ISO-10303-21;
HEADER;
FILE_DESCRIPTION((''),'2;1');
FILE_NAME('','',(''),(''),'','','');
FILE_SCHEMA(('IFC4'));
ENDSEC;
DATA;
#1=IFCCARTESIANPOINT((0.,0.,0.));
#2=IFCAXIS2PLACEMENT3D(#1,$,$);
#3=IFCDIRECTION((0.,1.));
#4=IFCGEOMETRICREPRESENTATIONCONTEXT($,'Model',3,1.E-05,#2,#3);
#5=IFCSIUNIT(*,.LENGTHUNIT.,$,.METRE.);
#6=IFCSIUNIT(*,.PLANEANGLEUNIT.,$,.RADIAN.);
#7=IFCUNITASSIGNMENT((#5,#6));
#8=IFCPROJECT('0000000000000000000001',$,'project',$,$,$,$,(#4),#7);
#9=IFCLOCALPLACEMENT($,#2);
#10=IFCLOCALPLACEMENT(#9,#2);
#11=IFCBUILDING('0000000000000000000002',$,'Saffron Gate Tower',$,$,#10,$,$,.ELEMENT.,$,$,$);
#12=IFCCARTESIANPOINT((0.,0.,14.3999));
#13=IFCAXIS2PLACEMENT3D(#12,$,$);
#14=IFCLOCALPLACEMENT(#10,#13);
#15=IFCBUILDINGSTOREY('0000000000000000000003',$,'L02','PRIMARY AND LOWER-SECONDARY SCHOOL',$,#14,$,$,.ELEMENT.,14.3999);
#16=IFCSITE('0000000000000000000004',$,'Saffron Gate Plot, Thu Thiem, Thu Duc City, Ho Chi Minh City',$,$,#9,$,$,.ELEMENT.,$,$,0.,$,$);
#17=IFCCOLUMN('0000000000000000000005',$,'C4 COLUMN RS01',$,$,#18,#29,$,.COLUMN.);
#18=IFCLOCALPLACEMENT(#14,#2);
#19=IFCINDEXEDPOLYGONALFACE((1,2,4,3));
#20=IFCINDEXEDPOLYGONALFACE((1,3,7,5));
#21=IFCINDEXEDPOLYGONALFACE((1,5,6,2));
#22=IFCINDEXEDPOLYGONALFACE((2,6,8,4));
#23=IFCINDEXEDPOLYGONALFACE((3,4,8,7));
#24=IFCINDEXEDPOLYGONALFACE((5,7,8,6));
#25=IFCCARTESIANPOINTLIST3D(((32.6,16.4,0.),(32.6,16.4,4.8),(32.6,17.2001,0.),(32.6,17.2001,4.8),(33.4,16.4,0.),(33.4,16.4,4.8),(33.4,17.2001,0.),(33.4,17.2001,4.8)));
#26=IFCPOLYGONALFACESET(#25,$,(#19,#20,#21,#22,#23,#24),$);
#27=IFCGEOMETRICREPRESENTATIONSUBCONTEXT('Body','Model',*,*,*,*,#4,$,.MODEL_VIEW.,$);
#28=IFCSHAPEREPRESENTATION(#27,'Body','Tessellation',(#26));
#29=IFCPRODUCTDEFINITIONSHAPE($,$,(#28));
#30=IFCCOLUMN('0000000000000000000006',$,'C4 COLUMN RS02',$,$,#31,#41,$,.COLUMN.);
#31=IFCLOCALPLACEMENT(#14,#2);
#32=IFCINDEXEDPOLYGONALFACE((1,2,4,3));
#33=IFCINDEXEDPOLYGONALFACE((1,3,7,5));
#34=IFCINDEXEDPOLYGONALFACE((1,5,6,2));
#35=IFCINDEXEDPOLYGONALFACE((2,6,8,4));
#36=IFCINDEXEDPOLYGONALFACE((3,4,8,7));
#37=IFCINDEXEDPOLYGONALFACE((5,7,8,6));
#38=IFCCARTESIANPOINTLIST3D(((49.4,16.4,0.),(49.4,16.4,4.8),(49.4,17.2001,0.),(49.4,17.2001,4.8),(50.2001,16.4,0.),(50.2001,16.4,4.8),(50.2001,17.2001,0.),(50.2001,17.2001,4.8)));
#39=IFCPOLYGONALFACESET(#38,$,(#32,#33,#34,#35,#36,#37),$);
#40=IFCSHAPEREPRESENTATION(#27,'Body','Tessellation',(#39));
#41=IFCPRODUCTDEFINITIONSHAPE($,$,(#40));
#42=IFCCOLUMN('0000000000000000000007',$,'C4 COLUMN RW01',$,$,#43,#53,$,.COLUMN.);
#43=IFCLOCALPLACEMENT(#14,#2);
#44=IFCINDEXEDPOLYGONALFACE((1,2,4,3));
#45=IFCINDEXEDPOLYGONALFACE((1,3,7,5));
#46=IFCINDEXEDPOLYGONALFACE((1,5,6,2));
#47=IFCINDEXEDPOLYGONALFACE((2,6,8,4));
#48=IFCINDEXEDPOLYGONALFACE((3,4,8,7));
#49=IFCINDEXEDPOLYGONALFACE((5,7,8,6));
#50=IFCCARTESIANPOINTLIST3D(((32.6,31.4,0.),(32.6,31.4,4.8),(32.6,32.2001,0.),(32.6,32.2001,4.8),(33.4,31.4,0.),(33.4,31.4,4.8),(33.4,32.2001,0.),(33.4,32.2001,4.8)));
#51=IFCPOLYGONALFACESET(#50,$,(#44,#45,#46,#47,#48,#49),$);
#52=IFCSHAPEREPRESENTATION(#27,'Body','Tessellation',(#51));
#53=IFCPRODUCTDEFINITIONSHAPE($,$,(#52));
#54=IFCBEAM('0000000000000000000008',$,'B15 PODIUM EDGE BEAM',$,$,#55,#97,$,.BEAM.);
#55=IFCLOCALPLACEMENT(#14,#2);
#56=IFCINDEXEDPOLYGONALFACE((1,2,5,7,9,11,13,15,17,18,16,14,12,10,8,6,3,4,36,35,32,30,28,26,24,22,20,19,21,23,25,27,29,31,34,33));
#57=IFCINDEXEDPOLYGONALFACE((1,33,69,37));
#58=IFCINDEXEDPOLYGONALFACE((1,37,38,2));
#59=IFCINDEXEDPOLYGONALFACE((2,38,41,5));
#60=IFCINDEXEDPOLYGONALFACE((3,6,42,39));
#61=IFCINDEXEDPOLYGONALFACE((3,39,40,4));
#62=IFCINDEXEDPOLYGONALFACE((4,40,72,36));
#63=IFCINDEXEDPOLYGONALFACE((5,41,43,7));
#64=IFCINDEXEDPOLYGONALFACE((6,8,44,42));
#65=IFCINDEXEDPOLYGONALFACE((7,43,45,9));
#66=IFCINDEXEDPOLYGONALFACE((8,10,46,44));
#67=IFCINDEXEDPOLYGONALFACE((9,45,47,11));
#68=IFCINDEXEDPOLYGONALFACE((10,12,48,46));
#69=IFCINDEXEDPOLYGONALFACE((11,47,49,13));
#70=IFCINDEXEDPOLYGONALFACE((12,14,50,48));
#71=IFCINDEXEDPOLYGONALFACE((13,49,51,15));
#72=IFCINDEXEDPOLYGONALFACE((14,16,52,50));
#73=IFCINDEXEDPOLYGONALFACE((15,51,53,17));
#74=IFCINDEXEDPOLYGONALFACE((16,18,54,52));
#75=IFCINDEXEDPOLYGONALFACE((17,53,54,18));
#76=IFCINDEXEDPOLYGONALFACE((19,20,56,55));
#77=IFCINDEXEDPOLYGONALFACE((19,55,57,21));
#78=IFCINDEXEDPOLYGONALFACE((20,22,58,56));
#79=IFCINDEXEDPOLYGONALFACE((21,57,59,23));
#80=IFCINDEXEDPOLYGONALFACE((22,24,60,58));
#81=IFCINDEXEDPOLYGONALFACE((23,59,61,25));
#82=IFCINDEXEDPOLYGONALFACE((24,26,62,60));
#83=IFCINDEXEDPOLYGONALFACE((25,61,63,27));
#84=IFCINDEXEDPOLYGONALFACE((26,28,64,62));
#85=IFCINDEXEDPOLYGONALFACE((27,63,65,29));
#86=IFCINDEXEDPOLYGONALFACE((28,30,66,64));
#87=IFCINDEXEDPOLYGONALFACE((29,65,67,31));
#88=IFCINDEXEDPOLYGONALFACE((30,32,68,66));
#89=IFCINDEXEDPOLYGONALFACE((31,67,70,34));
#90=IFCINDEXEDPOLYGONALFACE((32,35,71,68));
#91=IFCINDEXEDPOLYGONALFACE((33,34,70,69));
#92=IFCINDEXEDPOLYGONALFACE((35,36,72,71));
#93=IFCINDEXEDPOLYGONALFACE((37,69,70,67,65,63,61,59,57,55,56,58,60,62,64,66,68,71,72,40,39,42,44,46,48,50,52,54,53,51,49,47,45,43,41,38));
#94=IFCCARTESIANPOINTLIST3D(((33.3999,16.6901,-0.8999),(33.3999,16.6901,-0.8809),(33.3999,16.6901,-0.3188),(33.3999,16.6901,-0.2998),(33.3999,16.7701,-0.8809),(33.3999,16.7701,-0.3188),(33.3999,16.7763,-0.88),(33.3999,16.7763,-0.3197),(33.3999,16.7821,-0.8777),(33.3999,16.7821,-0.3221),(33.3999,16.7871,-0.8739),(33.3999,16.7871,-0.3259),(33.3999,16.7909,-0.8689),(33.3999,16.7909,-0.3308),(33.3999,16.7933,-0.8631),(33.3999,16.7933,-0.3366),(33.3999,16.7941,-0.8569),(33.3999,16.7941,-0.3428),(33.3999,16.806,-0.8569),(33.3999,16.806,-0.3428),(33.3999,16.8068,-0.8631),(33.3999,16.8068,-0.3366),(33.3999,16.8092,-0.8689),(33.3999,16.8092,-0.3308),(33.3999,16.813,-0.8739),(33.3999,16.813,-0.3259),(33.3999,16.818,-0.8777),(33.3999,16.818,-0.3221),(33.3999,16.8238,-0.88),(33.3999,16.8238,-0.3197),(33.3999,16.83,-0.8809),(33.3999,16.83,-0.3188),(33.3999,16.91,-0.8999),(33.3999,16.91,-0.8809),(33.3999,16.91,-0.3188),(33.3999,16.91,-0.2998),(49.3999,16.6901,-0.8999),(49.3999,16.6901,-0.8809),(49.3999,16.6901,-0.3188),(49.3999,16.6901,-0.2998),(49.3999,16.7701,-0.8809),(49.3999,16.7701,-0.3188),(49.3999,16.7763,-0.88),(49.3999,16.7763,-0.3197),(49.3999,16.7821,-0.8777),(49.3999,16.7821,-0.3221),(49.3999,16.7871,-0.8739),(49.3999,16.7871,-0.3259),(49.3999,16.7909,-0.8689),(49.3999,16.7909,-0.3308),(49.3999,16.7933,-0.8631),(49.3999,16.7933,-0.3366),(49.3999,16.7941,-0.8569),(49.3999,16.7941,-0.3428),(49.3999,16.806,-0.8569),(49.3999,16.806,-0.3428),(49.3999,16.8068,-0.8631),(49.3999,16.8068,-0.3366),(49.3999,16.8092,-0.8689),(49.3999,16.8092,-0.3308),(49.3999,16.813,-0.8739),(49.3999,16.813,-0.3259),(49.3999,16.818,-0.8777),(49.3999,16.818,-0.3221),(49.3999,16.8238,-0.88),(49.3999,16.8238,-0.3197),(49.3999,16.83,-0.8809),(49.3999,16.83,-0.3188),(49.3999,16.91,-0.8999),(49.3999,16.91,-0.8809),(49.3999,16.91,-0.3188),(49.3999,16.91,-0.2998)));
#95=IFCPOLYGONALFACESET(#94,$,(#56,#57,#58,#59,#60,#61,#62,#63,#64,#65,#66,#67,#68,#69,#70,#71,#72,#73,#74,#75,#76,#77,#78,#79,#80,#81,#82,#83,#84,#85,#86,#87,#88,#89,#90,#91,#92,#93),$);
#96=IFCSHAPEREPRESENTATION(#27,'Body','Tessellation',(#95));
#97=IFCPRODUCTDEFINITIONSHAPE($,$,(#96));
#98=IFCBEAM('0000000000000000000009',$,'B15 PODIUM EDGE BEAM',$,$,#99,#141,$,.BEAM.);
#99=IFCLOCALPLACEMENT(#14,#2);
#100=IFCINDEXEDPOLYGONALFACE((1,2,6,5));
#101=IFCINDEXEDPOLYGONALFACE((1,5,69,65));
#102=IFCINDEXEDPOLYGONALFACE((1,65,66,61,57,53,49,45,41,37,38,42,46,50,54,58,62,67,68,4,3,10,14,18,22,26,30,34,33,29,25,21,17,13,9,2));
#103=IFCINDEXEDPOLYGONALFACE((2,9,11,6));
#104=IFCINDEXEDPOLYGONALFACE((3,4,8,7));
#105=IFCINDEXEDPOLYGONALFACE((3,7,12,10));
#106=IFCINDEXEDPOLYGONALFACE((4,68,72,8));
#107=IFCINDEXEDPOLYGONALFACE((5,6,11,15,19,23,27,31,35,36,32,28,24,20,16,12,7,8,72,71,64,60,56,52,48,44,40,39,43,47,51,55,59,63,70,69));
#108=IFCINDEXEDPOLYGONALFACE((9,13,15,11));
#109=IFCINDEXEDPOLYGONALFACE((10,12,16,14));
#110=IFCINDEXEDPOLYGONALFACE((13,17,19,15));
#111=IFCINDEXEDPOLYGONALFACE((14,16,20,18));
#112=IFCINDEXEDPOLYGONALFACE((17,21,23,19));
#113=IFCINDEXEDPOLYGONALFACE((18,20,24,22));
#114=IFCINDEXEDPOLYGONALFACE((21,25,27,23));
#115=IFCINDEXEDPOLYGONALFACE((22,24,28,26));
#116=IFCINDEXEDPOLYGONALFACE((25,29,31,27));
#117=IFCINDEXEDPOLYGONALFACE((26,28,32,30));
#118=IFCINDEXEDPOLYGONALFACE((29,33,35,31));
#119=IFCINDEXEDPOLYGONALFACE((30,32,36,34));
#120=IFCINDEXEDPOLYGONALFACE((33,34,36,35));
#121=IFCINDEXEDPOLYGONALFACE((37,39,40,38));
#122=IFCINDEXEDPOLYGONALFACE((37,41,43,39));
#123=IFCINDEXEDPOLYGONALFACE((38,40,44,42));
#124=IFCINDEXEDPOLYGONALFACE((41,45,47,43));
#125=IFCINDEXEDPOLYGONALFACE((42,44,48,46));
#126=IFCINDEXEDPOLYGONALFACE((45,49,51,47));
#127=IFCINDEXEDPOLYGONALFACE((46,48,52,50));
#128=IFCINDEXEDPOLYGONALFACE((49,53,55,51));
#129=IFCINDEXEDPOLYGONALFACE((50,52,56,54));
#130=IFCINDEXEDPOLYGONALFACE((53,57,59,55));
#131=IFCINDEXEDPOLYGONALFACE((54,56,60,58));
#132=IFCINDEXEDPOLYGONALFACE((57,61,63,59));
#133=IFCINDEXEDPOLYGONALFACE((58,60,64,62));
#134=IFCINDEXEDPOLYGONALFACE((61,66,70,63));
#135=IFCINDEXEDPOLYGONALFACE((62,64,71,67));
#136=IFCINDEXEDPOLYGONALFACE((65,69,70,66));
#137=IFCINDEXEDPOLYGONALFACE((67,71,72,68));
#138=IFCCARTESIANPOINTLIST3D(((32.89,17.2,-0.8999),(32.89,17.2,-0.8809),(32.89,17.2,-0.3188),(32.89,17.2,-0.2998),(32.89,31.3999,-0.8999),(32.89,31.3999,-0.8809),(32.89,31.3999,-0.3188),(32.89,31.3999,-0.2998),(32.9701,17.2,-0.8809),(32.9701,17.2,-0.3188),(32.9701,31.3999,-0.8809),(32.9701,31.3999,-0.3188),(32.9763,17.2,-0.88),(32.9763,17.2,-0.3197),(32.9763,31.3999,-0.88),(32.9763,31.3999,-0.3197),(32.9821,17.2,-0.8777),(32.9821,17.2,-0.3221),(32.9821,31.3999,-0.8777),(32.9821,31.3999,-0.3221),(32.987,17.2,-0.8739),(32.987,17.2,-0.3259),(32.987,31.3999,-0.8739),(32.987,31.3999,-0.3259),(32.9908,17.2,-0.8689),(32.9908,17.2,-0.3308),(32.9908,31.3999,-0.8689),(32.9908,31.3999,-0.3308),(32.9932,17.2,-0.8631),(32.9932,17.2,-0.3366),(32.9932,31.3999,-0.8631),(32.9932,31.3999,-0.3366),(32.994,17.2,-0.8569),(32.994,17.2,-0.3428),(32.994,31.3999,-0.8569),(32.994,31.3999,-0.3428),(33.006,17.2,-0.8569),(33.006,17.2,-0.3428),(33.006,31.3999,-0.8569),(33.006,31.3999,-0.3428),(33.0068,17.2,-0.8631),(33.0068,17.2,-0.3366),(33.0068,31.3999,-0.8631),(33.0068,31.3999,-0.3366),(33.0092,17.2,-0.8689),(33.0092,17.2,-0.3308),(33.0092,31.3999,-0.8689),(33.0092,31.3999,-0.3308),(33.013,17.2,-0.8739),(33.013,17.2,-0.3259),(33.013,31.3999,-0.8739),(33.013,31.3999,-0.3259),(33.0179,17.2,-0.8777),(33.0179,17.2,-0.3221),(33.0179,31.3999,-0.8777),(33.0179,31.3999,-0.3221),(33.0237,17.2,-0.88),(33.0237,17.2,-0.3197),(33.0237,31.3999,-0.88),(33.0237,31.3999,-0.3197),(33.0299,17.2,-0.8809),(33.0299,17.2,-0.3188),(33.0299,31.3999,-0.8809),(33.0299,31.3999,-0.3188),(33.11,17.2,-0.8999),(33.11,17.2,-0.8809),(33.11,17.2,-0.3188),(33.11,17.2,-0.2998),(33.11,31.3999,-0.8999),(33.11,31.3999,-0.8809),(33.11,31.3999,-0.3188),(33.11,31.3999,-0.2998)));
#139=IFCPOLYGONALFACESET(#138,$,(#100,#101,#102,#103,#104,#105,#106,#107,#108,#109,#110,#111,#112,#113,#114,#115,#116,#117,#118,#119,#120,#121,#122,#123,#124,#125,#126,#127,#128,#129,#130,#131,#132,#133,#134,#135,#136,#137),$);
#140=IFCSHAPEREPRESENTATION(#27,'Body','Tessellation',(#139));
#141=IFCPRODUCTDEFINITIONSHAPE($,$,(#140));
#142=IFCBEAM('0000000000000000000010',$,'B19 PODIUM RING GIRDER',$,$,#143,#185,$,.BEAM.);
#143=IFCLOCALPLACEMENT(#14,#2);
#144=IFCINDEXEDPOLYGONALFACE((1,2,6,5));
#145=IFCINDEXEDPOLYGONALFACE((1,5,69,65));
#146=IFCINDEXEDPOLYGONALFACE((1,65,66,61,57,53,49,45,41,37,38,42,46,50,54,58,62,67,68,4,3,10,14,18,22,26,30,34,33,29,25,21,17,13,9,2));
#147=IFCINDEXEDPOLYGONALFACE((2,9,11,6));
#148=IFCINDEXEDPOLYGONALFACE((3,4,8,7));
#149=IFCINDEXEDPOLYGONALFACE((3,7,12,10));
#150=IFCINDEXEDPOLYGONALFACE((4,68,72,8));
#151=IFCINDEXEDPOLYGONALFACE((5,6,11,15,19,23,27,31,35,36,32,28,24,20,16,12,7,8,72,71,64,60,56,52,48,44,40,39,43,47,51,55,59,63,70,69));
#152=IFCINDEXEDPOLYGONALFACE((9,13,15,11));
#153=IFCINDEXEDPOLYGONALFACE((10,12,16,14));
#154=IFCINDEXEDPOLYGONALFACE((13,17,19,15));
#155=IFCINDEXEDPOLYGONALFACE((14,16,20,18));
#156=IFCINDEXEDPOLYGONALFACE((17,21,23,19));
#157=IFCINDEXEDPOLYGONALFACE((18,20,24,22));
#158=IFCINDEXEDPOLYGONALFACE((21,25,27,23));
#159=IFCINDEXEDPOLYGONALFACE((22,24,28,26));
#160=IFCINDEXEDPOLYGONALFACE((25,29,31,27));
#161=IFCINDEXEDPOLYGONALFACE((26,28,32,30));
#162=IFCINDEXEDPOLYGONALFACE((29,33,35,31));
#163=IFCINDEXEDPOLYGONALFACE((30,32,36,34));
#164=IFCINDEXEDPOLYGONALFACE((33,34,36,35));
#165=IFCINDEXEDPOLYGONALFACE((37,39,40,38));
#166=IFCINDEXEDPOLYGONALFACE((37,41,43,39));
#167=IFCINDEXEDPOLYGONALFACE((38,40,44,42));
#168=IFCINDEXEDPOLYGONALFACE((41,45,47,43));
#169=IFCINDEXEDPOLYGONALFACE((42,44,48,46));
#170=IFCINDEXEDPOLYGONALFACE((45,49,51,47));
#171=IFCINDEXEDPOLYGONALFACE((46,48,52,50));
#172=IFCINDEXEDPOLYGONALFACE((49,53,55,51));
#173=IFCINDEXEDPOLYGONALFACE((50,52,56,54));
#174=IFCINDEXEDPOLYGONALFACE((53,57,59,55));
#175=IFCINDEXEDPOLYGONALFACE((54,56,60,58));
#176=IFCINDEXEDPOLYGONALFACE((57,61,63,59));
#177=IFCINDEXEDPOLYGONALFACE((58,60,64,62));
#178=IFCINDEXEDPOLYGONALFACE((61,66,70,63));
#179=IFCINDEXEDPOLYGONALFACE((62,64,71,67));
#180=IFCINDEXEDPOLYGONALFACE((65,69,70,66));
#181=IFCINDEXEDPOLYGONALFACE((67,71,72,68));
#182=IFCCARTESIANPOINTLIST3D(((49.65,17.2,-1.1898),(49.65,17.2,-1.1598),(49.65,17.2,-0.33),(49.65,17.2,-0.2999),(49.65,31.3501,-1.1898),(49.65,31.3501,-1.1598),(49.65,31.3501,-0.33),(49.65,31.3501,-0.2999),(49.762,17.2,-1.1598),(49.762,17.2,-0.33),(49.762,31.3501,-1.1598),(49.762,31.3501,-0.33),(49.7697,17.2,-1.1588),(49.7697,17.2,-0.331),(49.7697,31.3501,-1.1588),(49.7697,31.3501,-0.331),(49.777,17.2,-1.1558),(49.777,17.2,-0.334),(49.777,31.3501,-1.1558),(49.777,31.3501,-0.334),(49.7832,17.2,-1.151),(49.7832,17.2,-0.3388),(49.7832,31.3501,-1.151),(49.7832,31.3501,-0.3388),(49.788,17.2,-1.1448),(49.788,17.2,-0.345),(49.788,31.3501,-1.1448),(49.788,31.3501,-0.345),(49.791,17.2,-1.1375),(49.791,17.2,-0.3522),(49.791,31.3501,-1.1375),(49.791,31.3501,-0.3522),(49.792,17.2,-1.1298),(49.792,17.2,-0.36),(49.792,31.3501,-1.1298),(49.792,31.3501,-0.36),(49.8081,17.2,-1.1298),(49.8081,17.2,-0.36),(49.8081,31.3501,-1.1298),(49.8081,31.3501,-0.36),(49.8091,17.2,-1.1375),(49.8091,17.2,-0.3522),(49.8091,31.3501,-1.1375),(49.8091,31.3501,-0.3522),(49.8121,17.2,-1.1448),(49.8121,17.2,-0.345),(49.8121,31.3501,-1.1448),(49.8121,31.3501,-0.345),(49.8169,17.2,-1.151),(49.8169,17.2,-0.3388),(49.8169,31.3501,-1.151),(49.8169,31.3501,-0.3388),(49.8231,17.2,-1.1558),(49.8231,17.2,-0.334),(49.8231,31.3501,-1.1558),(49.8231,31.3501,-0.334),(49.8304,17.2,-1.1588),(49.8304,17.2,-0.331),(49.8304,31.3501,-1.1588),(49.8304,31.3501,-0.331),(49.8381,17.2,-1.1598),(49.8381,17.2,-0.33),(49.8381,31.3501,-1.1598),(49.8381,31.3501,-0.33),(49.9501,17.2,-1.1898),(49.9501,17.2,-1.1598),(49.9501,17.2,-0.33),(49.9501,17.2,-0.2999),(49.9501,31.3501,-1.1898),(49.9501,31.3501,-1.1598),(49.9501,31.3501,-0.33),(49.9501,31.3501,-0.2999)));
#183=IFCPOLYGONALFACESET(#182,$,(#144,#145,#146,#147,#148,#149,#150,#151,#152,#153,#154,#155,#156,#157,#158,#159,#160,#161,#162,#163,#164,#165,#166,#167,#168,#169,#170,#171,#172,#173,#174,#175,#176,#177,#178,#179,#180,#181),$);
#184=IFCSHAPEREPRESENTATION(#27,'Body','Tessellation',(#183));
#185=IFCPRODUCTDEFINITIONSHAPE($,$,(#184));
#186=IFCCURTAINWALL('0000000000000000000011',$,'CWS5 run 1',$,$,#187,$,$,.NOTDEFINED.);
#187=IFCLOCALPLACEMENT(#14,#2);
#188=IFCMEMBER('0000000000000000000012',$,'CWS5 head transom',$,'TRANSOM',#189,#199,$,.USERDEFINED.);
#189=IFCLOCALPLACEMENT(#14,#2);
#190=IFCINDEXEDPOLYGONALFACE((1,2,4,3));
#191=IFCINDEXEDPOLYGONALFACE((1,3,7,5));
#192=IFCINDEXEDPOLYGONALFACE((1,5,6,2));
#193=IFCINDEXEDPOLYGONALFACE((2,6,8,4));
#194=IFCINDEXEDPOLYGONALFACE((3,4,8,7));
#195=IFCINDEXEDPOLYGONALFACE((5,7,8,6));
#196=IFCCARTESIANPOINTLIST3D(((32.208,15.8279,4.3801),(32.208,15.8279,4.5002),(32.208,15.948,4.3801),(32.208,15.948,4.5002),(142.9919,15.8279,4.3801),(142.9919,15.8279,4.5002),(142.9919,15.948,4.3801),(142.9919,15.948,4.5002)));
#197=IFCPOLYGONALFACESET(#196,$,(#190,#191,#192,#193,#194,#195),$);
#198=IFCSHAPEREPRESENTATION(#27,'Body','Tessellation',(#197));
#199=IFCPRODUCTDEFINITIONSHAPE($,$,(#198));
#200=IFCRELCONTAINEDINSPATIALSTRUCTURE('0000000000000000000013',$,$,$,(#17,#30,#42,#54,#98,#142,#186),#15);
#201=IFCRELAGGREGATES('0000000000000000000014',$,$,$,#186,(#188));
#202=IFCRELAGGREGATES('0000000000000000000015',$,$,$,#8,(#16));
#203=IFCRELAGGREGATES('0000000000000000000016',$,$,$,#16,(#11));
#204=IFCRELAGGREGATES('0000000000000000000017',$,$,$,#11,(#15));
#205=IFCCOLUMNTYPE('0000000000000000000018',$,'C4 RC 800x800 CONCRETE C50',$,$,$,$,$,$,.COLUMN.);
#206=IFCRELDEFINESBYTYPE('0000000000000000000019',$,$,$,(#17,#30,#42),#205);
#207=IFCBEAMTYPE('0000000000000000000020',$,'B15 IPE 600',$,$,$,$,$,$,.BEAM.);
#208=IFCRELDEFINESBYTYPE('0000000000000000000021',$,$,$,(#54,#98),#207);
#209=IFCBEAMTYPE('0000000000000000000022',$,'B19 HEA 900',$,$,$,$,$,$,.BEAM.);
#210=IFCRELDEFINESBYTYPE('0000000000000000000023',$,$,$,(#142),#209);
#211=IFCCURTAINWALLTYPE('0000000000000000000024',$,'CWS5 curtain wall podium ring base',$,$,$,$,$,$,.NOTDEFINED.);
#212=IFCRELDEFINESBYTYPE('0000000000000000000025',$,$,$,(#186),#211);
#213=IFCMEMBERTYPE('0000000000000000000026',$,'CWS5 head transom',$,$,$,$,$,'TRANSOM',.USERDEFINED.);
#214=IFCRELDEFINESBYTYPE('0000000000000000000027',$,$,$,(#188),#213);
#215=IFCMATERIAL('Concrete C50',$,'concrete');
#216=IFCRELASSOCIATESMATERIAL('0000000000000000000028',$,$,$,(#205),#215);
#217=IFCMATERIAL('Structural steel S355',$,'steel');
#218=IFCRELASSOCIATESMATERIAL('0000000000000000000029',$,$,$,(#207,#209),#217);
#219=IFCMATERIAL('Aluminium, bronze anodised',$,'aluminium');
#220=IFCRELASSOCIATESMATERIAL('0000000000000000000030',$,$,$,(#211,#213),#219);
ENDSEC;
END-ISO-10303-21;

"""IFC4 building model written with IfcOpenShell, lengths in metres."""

from ifc_helpers import new_model, si_unit, direction, frame, origin, origin_2d, place, context, subcontext, project, spatial, rectangle, i_section, extrude, material, material_profile, profile_set, type_object, element, aggregate, save


model = new_model("IFC4")

# Units and contexts
model_context = context("Model", 3, precision=1e-05, world=origin(), true_north=direction((0.0, 1.0)))
body_context = subcontext(model_context, "Body", "Model", "MODEL_VIEW")
ifc_project = project(units=[si_unit("LENGTHUNIT", "METRE"), si_unit("PLANEANGLEUNIT", "RADIAN")], contexts=[model_context])

# Site, building, storey
site_placement = place(None, origin())
site = spatial("IfcSite", under=ifc_project, at=site_placement, Name="Saffron Gate Plot, Thu Thiem, Thu Duc City, Ho Chi Minh City", CompositionType="ELEMENT", RefElevation=0.0)
building_placement = place(site_placement, origin())
building = spatial("IfcBuilding", under=site, at=building_placement, Name="Saffron Gate Tower", CompositionType="ELEMENT")
storey_placement = place(building_placement, frame((0.0, 0.0, 14.3999)))
storey = spatial("IfcBuildingStorey", under=building, at=storey_placement, Name="L02", Description="PRIMARY AND LOWER-SECONDARY SCHOOL", CompositionType="ELEMENT", Elevation=14.3999)

# Columns
ifc_material_1 = material(Name="Concrete C50", Category="concrete")
ifc_material_profile_1 = material_profile(ifc_material_1, rectangle(XDim=0.8, YDim=0.8, at=origin_2d()))
ifc_profile_set_1 = profile_set([ifc_material_profile_1], Name="Concrete C50")
column_type = type_object("IfcColumnType", Name="C4 RC 800x800 CONCRETE C50", PredefinedType="COLUMN", material=ifc_profile_set_1)
for number, where, z_axis, x_axis, name in (
    (1, (33.0, 16.8, 0.0), (0.0, 0.0, 1.0), (1.0, 0.0, 0.0), "C4 COLUMN RS01"),
    (2, (49.8, 16.8, 0.0), (0.0, 0.0, 1.0), (1.0, 0.0, 0.0), "C4 COLUMN RS02"),
    (3, (33.0, 31.8, 0.0), (0.0, 0.0, 1.0), (1.0, 0.0, 0.0), "C4 COLUMN RW01"),
):
    element("IfcColumn", number, at=place(storey_placement, frame(where, z_axis=z_axis, x_axis=x_axis)), inside=storey, type_object=column_type, Name=name, PredefinedType="COLUMN", context=body_context, shape_type="SweptSolid", body=[
        extrude(rectangle(XDim=0.8, YDim=0.8, at=origin_2d()), origin(), (0.0, 0.0, 1.0), 4.8),
    ])

# Beams
ifc_material_2 = material(Name="Structural steel S355", Category="steel")
ifc_material_profile_2 = material_profile(ifc_material_2, i_section(OverallWidth=0.22, OverallDepth=0.6001, WebThickness=0.012, FlangeThickness=0.019, FilletRadius=0.0239, at=origin_2d()))
ifc_profile_set_2 = profile_set([ifc_material_profile_2], Name="Structural steel S355")
beam_type_1 = type_object("IfcBeamType", Name="B15 IPE 600", PredefinedType="BEAM", material=ifc_profile_set_2)
beam_1_placement = place(storey_placement, frame((33.3999, 16.8, -0.5999), z_axis=(1.0, 0.0, 0.0), x_axis=(0.0, 1.0, 0.0)))
element("IfcBeam", 4, at=beam_1_placement, inside=storey, type_object=beam_type_1, Name="B15 PODIUM EDGE BEAM", PredefinedType="BEAM", context=body_context, shape_type="SweptSolid", body=[
    extrude(i_section(OverallWidth=0.22, OverallDepth=0.6001, WebThickness=0.012, FlangeThickness=0.019, FilletRadius=0.0239, at=origin_2d()), origin(), (0.0, 0.0, 1.0), 16.0),
])
beam_2_placement = place(storey_placement, frame((33.0, 17.2, -0.5999), z_axis=(0.0, 1.0, 0.0), x_axis=(-1.0, 0.0, 0.0)))
element("IfcBeam", 5, at=beam_2_placement, inside=storey, type_object=beam_type_1, Name="B15 PODIUM EDGE BEAM", PredefinedType="BEAM", context=body_context, shape_type="SweptSolid", body=[
    extrude(i_section(OverallWidth=0.22, OverallDepth=0.6001, WebThickness=0.012, FlangeThickness=0.019, FilletRadius=0.0239, at=origin_2d()), origin(), (0.0, 0.0, 1.0), 14.2),
])
ifc_material_profile_3 = material_profile(ifc_material_2, i_section(OverallWidth=0.3, OverallDepth=0.8899, WebThickness=0.0161, FlangeThickness=0.03, FilletRadius=0.03, at=origin_2d()))
ifc_profile_set_3 = profile_set([ifc_material_profile_3], Name="Structural steel S355")
beam_type_2 = type_object("IfcBeamType", Name="B19 HEA 900", PredefinedType="BEAM", material=ifc_profile_set_3)
beam_3_placement = place(storey_placement, frame((49.8, 17.2, -0.7449), z_axis=(0.0, 1.0, 0.0), x_axis=(-1.0, 0.0, 0.0)))
element("IfcBeam", 6, at=beam_3_placement, inside=storey, type_object=beam_type_2, Name="B19 PODIUM RING GIRDER", PredefinedType="BEAM", context=body_context, shape_type="SweptSolid", body=[
    extrude(i_section(OverallWidth=0.3, OverallDepth=0.8899, WebThickness=0.0161, FlangeThickness=0.03, FilletRadius=0.03, at=origin_2d()), origin(), (0.0, 0.0, 1.0), 14.1501),
])

# Curtain wall, member
ifc_material_3 = material(Name="Aluminium, bronze anodised", Category="aluminium")
curtain_wall_type = type_object("IfcCurtainWallType", Name="CWS5 curtain wall podium ring base", PredefinedType="NOTDEFINED", material=ifc_material_3)
curtain_wall_1_placement = place(storey_placement, origin())
curtain_wall_1 = element("IfcCurtainWall", 7, at=curtain_wall_1_placement, inside=storey, type_object=curtain_wall_type, Name="CWS5 run 1", PredefinedType="NOTDEFINED")
ifc_material_profile_4 = material_profile(ifc_material_3, rectangle(XDim=0.1201, YDim=0.1201, at=origin_2d()))
ifc_profile_set_4 = profile_set([ifc_material_profile_4], Name="Aluminium, bronze anodised")
member_type_1 = type_object("IfcMemberType", Name="CWS5 head transom", ElementType="TRANSOM", PredefinedType="USERDEFINED", material=ifc_profile_set_4)
member_1_placement = place(storey_placement, frame((32.208, 15.8879, 4.4402), z_axis=(1.0, 0.0, 0.0), x_axis=(0.0, 1.0, 0.0)))
member_1 = element("IfcMember", 8, at=member_1_placement, type_object=member_type_1, Name="CWS5 head transom", ObjectType="TRANSOM", PredefinedType="USERDEFINED", context=body_context, shape_type="SweptSolid", body=[
    extrude(rectangle(XDim=0.1201, YDim=0.1201, at=origin_2d()), origin(), (0.0, 0.0, 1.0), 110.7839),
])
aggregate(curtain_wall_1, [member_1])

save(model, "model.ifc")
